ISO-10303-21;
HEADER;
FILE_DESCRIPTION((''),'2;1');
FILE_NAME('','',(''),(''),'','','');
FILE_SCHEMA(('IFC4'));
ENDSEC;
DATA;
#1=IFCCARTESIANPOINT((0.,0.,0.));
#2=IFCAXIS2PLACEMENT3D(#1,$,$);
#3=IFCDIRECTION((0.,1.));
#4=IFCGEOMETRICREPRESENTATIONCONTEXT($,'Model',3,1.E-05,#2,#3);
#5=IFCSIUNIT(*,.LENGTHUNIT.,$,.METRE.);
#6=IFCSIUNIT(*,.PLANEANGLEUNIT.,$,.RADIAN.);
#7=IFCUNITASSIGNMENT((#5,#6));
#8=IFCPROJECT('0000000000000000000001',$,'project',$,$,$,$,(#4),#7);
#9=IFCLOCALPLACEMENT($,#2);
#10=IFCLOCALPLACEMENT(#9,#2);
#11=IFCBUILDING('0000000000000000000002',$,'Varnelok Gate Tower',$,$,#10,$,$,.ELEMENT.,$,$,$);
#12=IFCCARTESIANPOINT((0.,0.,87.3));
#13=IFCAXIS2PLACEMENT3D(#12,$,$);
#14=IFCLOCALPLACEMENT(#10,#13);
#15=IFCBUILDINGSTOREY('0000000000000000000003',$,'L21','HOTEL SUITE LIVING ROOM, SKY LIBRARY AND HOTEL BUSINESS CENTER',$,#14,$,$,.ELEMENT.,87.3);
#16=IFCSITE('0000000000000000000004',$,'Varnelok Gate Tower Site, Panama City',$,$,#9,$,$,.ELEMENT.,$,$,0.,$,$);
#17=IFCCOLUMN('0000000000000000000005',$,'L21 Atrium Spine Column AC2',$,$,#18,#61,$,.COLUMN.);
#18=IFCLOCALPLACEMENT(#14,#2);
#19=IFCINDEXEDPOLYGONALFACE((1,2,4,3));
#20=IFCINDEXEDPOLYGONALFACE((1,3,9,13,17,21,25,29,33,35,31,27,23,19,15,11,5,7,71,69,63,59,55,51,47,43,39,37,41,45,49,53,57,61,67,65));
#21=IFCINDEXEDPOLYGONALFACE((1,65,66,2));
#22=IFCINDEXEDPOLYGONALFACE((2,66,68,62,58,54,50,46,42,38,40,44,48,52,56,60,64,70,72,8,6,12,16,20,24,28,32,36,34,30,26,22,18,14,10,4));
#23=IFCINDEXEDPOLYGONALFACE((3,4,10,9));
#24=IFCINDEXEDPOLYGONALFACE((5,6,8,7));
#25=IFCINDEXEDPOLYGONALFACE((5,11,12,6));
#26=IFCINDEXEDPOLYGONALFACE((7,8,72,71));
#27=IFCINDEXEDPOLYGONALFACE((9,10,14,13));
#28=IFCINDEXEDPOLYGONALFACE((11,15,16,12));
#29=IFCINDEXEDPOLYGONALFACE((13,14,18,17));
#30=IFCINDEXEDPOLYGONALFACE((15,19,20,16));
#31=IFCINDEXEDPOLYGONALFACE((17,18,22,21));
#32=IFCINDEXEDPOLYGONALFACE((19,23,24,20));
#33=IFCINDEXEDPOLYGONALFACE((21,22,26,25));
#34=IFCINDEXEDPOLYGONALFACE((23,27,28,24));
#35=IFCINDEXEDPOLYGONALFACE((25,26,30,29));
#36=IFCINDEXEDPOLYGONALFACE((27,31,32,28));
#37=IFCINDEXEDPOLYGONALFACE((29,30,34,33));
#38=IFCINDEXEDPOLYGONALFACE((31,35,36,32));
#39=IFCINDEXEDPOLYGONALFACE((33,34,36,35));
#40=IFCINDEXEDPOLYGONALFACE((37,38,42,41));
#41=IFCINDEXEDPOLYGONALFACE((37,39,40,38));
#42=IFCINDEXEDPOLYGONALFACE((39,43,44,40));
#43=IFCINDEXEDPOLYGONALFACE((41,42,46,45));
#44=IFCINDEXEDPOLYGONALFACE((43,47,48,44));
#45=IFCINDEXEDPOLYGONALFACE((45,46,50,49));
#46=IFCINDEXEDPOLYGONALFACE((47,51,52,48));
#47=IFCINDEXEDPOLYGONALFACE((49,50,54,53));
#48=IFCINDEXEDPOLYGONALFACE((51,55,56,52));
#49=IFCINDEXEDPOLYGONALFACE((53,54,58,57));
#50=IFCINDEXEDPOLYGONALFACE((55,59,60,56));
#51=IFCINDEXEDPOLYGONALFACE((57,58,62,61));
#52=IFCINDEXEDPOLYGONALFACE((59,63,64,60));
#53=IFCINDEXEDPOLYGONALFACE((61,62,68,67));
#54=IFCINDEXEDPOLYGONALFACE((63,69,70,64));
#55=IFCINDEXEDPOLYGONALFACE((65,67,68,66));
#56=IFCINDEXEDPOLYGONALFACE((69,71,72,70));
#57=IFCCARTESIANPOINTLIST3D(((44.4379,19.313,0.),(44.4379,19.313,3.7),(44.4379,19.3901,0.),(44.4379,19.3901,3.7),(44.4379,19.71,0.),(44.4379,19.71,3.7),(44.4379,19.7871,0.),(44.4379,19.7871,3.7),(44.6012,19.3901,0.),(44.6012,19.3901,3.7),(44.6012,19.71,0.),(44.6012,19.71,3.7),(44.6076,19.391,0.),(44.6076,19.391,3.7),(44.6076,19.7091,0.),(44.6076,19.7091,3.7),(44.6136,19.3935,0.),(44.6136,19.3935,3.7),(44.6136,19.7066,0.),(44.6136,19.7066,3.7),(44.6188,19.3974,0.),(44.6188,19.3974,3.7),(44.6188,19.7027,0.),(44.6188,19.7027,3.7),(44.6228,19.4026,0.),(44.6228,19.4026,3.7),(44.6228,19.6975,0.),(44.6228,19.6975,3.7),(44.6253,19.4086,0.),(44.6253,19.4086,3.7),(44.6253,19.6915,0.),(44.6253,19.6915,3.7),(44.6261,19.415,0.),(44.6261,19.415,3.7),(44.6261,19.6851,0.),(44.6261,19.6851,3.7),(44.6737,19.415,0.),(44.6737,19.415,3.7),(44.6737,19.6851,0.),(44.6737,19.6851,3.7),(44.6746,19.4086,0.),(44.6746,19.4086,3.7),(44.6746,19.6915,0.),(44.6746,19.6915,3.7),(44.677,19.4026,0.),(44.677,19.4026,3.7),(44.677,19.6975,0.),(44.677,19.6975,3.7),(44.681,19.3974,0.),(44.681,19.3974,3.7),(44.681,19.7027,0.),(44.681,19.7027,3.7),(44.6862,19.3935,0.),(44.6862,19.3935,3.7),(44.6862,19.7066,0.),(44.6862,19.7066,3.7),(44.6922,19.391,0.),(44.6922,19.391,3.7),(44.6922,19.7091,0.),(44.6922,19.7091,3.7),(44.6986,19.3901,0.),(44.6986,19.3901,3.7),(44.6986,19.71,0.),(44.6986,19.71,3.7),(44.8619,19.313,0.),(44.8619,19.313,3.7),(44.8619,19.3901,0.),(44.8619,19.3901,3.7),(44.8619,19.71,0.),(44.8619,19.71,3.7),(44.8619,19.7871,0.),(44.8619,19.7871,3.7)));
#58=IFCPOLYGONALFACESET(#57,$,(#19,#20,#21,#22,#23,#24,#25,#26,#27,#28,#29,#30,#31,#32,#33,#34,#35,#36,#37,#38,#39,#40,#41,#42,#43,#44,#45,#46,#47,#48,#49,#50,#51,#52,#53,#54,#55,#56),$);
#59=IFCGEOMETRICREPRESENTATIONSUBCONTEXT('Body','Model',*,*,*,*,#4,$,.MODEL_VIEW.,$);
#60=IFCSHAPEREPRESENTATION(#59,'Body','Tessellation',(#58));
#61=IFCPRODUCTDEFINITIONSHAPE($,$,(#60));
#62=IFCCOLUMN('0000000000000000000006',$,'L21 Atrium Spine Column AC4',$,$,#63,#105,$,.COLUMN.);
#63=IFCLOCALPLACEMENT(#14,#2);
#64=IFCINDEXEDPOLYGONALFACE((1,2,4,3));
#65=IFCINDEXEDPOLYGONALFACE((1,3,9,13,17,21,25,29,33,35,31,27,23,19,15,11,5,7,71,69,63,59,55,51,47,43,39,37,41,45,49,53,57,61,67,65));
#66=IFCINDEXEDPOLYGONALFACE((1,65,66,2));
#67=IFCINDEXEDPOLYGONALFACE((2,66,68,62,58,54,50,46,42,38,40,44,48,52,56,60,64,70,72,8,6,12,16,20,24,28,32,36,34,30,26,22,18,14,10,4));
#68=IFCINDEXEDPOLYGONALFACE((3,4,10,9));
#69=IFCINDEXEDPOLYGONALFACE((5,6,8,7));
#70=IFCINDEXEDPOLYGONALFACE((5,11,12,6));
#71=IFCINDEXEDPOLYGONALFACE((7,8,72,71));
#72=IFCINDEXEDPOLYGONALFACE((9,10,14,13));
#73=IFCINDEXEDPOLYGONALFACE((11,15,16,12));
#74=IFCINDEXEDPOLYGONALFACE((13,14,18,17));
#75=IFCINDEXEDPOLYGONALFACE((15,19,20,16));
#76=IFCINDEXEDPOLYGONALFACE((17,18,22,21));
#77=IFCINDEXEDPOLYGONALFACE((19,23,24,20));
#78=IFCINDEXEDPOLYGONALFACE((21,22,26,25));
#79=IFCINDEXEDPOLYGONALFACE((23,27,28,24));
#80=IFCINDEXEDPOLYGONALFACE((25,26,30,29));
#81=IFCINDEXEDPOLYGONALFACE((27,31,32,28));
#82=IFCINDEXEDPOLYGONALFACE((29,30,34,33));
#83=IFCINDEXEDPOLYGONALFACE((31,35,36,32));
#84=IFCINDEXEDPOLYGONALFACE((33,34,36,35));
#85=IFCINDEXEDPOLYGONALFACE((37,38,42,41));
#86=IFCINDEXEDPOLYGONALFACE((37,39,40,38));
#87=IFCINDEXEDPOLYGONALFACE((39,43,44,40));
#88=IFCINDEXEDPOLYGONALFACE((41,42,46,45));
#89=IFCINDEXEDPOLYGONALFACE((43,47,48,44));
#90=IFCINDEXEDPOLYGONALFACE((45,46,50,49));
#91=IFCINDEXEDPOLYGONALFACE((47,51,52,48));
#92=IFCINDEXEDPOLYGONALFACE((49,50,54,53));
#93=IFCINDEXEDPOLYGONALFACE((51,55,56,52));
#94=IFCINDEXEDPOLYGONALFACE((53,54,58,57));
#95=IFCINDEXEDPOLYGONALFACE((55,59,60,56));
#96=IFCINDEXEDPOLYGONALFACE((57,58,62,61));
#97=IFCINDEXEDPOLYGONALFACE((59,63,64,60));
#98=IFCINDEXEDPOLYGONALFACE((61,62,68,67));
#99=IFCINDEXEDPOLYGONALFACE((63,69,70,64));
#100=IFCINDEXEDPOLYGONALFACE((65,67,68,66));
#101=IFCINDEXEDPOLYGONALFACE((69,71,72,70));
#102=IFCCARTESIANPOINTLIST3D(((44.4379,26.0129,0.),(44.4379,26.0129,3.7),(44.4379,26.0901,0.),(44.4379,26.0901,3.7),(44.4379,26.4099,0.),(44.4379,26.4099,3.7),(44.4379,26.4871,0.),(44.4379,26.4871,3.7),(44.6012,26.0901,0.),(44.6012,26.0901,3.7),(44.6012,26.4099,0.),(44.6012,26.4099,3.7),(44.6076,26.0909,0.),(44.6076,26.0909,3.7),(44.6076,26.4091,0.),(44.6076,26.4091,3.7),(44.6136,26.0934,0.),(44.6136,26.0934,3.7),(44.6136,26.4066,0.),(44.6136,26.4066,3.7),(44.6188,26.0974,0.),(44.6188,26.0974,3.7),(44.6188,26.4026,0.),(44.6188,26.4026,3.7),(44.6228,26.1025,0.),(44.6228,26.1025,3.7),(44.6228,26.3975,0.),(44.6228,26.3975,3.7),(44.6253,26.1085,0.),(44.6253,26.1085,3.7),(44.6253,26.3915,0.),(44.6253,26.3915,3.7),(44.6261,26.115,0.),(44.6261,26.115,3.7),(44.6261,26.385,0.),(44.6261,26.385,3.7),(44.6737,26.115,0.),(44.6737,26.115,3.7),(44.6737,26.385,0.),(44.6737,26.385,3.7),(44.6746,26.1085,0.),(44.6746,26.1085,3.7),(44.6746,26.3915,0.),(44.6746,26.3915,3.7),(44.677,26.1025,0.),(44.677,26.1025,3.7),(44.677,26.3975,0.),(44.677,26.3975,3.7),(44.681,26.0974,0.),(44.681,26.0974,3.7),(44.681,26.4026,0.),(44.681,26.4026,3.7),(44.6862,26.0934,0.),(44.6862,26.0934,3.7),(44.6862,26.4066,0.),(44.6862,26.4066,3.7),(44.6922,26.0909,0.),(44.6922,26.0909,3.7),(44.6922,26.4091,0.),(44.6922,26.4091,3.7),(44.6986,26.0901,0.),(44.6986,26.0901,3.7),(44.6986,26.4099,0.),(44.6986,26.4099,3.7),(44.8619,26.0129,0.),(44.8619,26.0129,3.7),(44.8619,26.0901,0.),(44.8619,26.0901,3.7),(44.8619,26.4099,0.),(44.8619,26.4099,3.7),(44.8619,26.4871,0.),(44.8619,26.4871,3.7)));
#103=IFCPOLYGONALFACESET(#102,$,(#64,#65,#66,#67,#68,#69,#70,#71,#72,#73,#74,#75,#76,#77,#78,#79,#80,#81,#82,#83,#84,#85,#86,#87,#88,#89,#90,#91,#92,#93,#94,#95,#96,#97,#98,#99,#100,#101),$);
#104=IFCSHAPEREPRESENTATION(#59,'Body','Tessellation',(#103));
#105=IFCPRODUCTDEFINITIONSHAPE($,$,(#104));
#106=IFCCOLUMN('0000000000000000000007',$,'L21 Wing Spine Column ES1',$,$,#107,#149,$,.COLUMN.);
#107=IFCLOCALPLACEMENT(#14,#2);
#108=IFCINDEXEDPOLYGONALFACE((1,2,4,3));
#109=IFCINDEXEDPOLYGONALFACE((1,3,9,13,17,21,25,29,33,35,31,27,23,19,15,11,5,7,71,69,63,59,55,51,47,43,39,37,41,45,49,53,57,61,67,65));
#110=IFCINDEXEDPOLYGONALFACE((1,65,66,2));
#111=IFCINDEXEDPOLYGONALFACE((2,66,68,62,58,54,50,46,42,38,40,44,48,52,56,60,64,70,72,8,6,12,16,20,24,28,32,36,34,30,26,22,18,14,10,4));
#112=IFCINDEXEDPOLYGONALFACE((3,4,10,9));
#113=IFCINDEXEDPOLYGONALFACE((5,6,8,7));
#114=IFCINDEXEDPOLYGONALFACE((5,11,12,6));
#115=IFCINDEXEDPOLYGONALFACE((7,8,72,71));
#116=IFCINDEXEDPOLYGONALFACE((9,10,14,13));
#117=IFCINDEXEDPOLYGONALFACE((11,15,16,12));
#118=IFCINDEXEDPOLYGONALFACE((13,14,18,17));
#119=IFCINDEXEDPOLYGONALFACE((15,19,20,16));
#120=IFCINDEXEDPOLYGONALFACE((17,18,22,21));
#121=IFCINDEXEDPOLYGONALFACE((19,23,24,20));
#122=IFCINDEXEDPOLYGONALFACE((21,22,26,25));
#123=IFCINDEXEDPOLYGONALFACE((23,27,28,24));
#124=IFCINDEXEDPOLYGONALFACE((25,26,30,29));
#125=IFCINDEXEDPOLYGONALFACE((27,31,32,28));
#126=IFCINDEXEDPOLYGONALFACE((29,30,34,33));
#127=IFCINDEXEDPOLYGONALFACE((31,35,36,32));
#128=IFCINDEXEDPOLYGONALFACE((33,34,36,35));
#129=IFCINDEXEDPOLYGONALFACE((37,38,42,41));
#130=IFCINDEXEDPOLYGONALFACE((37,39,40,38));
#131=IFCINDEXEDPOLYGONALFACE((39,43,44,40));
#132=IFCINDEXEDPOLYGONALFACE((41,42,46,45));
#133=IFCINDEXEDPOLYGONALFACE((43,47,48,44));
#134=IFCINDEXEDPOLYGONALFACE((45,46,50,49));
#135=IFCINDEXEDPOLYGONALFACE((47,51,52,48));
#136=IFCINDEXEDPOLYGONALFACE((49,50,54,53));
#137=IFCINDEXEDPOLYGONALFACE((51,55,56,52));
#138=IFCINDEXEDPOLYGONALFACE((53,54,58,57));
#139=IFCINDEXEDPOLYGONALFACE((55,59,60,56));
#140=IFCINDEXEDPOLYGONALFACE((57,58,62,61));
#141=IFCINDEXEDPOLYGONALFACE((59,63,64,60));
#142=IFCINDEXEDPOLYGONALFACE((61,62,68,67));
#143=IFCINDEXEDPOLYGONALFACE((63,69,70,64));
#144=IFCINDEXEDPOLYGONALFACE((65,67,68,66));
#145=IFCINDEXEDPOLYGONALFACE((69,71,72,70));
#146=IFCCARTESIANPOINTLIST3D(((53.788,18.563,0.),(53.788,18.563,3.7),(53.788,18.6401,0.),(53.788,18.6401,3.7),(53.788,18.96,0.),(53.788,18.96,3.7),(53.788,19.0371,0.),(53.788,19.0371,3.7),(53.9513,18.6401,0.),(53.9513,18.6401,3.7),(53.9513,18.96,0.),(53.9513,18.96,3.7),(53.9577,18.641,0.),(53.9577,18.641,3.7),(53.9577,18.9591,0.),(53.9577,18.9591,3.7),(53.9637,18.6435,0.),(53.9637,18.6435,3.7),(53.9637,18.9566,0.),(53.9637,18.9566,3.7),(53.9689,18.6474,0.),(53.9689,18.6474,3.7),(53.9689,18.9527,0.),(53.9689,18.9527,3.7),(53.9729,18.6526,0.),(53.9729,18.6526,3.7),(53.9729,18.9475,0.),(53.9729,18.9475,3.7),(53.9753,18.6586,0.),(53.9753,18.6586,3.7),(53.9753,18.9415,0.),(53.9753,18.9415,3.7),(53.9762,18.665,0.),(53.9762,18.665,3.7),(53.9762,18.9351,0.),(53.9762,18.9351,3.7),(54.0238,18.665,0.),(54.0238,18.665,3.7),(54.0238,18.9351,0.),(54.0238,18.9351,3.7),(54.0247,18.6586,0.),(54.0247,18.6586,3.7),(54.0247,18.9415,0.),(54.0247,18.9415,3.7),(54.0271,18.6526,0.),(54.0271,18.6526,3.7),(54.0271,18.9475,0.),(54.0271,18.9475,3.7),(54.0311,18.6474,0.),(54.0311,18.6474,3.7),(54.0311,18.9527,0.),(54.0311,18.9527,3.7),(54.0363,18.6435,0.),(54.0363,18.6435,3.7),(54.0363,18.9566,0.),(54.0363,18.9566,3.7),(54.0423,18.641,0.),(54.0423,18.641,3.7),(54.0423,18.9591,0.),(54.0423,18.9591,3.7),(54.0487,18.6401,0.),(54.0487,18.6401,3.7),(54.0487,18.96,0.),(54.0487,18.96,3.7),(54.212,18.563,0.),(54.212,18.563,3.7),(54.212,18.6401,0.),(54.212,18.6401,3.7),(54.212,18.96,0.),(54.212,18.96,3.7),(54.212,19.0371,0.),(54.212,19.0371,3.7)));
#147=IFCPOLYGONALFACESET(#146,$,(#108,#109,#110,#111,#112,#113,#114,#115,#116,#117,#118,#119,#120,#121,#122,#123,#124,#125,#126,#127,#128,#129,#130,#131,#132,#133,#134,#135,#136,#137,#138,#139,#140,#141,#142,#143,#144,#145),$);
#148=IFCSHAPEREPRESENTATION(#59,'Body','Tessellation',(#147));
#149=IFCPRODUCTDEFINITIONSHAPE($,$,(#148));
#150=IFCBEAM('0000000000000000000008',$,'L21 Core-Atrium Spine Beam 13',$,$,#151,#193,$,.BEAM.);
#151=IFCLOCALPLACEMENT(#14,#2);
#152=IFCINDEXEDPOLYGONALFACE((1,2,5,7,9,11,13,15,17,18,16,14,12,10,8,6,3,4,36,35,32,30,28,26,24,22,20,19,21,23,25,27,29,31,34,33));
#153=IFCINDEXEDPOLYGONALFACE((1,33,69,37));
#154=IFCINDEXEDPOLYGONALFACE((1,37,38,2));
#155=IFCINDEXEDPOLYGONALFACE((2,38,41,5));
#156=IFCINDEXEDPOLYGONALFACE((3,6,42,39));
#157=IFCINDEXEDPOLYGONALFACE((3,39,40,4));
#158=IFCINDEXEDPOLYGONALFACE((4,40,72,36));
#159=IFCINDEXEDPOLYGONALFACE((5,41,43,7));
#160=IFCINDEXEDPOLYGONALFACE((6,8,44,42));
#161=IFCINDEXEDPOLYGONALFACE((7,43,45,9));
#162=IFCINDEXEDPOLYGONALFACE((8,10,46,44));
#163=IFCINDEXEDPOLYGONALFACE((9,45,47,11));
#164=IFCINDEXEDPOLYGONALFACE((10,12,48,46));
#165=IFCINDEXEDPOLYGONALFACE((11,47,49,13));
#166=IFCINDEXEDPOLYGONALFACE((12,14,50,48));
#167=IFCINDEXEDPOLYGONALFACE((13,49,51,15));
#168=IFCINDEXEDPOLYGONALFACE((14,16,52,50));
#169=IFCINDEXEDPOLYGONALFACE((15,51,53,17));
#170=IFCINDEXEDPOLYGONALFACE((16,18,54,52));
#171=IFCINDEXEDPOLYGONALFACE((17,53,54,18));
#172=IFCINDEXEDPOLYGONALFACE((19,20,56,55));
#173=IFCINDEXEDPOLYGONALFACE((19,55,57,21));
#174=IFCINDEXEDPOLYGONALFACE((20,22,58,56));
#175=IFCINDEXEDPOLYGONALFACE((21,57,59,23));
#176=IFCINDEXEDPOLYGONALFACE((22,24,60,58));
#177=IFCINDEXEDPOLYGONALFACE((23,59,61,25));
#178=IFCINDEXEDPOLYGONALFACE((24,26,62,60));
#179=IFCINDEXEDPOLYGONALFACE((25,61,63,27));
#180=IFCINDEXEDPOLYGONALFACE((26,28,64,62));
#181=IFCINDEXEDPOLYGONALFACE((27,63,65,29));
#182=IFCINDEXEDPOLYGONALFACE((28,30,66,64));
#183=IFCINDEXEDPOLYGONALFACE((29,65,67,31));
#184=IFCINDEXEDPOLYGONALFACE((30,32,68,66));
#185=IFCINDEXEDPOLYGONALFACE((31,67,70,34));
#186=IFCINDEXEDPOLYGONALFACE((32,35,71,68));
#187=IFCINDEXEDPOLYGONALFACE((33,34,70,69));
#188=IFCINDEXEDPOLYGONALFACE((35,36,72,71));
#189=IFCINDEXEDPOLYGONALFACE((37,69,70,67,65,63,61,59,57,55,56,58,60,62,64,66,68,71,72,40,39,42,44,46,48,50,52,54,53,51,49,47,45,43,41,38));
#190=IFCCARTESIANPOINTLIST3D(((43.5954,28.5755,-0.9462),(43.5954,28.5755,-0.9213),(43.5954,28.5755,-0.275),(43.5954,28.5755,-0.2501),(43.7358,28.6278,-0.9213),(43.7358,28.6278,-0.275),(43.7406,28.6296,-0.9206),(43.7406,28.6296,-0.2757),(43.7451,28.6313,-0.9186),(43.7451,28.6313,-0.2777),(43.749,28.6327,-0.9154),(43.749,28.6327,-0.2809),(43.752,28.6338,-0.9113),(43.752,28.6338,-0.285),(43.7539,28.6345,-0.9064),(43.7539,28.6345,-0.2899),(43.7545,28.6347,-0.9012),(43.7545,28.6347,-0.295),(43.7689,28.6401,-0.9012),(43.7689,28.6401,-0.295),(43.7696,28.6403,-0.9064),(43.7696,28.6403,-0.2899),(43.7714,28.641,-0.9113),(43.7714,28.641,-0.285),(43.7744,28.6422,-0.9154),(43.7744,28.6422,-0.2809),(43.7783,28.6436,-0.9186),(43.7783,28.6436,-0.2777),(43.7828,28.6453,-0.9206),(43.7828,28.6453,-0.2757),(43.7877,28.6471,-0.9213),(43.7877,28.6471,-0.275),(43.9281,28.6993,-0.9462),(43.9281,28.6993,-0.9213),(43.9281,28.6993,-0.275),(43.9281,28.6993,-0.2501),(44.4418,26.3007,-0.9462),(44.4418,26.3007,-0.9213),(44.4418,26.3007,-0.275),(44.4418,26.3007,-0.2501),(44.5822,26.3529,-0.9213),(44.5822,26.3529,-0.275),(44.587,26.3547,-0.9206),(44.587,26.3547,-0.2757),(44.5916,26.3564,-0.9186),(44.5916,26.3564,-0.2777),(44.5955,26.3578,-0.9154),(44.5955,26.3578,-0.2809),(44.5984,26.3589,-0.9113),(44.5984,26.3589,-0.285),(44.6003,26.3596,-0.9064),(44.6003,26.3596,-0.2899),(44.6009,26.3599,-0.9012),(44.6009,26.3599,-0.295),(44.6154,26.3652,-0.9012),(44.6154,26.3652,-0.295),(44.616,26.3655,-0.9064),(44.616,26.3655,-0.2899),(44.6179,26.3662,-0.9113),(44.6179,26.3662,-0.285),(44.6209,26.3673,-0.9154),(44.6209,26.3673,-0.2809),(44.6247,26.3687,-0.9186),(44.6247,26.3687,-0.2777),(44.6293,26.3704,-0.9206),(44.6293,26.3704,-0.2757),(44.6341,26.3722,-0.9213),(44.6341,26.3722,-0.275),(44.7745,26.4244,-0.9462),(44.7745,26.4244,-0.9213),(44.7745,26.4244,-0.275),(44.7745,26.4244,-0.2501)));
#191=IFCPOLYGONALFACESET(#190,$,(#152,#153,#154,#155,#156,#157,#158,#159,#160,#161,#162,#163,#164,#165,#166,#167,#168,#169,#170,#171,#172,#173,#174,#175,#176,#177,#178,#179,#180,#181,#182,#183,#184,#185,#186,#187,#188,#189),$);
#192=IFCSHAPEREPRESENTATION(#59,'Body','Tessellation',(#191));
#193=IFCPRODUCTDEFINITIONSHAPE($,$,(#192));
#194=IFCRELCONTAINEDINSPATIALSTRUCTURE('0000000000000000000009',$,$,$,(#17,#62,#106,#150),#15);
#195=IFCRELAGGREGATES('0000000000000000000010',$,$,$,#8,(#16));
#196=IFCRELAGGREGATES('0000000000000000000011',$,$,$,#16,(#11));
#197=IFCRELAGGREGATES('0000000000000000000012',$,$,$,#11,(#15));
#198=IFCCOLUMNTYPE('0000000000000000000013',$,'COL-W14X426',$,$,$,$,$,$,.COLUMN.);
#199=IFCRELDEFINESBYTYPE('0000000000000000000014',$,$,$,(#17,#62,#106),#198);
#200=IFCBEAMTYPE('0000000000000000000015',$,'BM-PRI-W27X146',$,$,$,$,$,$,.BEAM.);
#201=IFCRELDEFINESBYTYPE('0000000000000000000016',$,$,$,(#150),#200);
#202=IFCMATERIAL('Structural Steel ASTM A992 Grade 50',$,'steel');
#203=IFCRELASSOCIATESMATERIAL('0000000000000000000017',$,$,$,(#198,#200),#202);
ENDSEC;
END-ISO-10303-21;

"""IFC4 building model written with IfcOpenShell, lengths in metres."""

from ifc_helpers import new_model, si_unit, direction, frame, origin, origin_2d, place, context, subcontext, project, spatial, i_section, extrude, material, material_profile, profile_set, type_object, element, save


model = new_model("IFC4")

# Units and contexts
model_context = context("Model", 3, precision=1e-05, world=origin(), true_north=direction((0.0, 1.0)))
body_context = subcontext(model_context, "Body", "Model", "MODEL_VIEW")
ifc_project = project(units=[si_unit("LENGTHUNIT", "METRE"), si_unit("PLANEANGLEUNIT", "RADIAN")], contexts=[model_context])

# Site, building, storey
site_placement = place(None, origin())
site = spatial("IfcSite", under=ifc_project, at=site_placement, Name="Varnelok Gate Tower Site, Panama City", CompositionType="ELEMENT", RefElevation=0.0)
building_placement = place(site_placement, origin())
building = spatial("IfcBuilding", under=site, at=building_placement, Name="Varnelok Gate Tower", CompositionType="ELEMENT")
storey_placement = place(building_placement, frame((0.0, 0.0, 87.3)))
storey = spatial("IfcBuildingStorey", under=building, at=storey_placement, Name="L21", Description="HOTEL SUITE LIVING ROOM, SKY LIBRARY AND HOTEL BUSINESS CENTER", CompositionType="ELEMENT", Elevation=87.3)

# Columns
ifc_material_1 = material(Name="Structural Steel ASTM A992 Grade 50", Category="steel")
ifc_material_profile_1 = material_profile(ifc_material_1, i_section(OverallWidth=0.4241, OverallDepth=0.4741, WebThickness=0.0476, FlangeThickness=0.0771, FilletRadius=0.0249, at=origin_2d()), Name="W14X426")
ifc_profile_set_1 = profile_set([ifc_material_profile_1], Name="Structural Steel ASTM A992 Grade 50")
column_type = type_object("IfcColumnType", Name="COL-W14X426", PredefinedType="COLUMN", material=ifc_profile_set_1)
for number, where, z_axis, x_axis, name in (
    (1, (44.6499, 19.55, 0.0), (0.0, 0.0, 1.0), (1.0, 0.0, 0.0), "L21 Atrium Spine Column AC2"),
    (2, (44.6499, 26.25, 0.0), (0.0, 0.0, 1.0), (1.0, 0.0, 0.0), "L21 Atrium Spine Column AC4"),
    (3, (54.0, 18.8, 0.0), (0.0, 0.0, 1.0), (1.0, 0.0, 0.0), "L21 Wing Spine Column ES1"),
):
    element("IfcColumn", number, at=place(storey_placement, frame(where, z_axis=z_axis, x_axis=x_axis)), inside=storey, type_object=column_type, Name=name, PredefinedType="COLUMN", context=body_context, shape_type="SweptSolid", body=[
        extrude(i_section(OverallWidth=0.4241, OverallDepth=0.4741, WebThickness=0.0476, FlangeThickness=0.0771, FilletRadius=0.0249, at=origin_2d()), origin(), (0.0, 0.0, 1.0), 3.7),
    ])

# Beam
ifc_material_profile_2 = material_profile(ifc_material_1, i_section(OverallWidth=0.355, OverallDepth=0.696, WebThickness=0.0154, FlangeThickness=0.0249, FilletRadius=0.02, at=origin_2d()), Name="W27X146")
ifc_profile_set_2 = profile_set([ifc_material_profile_2], Name="Structural Steel ASTM A992 Grade 50")
beam_type_1 = type_object("IfcBeamType", Name="BM-PRI-W27X146", PredefinedType="BEAM", material=ifc_profile_set_2)
beam_1_placement = place(storey_placement, frame((44.6082, 26.3625, -0.5981), z_axis=(-0.348719, 0.937227, 0.0), x_axis=(-0.937227, -0.348719, 0.0)))
element("IfcBeam", 4, at=beam_1_placement, inside=storey, type_object=beam_type_1, Name="L21 Core-Atrium Spine Beam 13", PredefinedType="BEAM", context=body_context, shape_type="SweptSolid", body=[
    extrude(i_section(OverallWidth=0.355, OverallDepth=0.696, WebThickness=0.0154, FlangeThickness=0.0249, FilletRadius=0.02, at=origin_2d()), origin(), (0.0, 0.0, 1.0), 2.4272),
])

save(model, "model.ifc")
